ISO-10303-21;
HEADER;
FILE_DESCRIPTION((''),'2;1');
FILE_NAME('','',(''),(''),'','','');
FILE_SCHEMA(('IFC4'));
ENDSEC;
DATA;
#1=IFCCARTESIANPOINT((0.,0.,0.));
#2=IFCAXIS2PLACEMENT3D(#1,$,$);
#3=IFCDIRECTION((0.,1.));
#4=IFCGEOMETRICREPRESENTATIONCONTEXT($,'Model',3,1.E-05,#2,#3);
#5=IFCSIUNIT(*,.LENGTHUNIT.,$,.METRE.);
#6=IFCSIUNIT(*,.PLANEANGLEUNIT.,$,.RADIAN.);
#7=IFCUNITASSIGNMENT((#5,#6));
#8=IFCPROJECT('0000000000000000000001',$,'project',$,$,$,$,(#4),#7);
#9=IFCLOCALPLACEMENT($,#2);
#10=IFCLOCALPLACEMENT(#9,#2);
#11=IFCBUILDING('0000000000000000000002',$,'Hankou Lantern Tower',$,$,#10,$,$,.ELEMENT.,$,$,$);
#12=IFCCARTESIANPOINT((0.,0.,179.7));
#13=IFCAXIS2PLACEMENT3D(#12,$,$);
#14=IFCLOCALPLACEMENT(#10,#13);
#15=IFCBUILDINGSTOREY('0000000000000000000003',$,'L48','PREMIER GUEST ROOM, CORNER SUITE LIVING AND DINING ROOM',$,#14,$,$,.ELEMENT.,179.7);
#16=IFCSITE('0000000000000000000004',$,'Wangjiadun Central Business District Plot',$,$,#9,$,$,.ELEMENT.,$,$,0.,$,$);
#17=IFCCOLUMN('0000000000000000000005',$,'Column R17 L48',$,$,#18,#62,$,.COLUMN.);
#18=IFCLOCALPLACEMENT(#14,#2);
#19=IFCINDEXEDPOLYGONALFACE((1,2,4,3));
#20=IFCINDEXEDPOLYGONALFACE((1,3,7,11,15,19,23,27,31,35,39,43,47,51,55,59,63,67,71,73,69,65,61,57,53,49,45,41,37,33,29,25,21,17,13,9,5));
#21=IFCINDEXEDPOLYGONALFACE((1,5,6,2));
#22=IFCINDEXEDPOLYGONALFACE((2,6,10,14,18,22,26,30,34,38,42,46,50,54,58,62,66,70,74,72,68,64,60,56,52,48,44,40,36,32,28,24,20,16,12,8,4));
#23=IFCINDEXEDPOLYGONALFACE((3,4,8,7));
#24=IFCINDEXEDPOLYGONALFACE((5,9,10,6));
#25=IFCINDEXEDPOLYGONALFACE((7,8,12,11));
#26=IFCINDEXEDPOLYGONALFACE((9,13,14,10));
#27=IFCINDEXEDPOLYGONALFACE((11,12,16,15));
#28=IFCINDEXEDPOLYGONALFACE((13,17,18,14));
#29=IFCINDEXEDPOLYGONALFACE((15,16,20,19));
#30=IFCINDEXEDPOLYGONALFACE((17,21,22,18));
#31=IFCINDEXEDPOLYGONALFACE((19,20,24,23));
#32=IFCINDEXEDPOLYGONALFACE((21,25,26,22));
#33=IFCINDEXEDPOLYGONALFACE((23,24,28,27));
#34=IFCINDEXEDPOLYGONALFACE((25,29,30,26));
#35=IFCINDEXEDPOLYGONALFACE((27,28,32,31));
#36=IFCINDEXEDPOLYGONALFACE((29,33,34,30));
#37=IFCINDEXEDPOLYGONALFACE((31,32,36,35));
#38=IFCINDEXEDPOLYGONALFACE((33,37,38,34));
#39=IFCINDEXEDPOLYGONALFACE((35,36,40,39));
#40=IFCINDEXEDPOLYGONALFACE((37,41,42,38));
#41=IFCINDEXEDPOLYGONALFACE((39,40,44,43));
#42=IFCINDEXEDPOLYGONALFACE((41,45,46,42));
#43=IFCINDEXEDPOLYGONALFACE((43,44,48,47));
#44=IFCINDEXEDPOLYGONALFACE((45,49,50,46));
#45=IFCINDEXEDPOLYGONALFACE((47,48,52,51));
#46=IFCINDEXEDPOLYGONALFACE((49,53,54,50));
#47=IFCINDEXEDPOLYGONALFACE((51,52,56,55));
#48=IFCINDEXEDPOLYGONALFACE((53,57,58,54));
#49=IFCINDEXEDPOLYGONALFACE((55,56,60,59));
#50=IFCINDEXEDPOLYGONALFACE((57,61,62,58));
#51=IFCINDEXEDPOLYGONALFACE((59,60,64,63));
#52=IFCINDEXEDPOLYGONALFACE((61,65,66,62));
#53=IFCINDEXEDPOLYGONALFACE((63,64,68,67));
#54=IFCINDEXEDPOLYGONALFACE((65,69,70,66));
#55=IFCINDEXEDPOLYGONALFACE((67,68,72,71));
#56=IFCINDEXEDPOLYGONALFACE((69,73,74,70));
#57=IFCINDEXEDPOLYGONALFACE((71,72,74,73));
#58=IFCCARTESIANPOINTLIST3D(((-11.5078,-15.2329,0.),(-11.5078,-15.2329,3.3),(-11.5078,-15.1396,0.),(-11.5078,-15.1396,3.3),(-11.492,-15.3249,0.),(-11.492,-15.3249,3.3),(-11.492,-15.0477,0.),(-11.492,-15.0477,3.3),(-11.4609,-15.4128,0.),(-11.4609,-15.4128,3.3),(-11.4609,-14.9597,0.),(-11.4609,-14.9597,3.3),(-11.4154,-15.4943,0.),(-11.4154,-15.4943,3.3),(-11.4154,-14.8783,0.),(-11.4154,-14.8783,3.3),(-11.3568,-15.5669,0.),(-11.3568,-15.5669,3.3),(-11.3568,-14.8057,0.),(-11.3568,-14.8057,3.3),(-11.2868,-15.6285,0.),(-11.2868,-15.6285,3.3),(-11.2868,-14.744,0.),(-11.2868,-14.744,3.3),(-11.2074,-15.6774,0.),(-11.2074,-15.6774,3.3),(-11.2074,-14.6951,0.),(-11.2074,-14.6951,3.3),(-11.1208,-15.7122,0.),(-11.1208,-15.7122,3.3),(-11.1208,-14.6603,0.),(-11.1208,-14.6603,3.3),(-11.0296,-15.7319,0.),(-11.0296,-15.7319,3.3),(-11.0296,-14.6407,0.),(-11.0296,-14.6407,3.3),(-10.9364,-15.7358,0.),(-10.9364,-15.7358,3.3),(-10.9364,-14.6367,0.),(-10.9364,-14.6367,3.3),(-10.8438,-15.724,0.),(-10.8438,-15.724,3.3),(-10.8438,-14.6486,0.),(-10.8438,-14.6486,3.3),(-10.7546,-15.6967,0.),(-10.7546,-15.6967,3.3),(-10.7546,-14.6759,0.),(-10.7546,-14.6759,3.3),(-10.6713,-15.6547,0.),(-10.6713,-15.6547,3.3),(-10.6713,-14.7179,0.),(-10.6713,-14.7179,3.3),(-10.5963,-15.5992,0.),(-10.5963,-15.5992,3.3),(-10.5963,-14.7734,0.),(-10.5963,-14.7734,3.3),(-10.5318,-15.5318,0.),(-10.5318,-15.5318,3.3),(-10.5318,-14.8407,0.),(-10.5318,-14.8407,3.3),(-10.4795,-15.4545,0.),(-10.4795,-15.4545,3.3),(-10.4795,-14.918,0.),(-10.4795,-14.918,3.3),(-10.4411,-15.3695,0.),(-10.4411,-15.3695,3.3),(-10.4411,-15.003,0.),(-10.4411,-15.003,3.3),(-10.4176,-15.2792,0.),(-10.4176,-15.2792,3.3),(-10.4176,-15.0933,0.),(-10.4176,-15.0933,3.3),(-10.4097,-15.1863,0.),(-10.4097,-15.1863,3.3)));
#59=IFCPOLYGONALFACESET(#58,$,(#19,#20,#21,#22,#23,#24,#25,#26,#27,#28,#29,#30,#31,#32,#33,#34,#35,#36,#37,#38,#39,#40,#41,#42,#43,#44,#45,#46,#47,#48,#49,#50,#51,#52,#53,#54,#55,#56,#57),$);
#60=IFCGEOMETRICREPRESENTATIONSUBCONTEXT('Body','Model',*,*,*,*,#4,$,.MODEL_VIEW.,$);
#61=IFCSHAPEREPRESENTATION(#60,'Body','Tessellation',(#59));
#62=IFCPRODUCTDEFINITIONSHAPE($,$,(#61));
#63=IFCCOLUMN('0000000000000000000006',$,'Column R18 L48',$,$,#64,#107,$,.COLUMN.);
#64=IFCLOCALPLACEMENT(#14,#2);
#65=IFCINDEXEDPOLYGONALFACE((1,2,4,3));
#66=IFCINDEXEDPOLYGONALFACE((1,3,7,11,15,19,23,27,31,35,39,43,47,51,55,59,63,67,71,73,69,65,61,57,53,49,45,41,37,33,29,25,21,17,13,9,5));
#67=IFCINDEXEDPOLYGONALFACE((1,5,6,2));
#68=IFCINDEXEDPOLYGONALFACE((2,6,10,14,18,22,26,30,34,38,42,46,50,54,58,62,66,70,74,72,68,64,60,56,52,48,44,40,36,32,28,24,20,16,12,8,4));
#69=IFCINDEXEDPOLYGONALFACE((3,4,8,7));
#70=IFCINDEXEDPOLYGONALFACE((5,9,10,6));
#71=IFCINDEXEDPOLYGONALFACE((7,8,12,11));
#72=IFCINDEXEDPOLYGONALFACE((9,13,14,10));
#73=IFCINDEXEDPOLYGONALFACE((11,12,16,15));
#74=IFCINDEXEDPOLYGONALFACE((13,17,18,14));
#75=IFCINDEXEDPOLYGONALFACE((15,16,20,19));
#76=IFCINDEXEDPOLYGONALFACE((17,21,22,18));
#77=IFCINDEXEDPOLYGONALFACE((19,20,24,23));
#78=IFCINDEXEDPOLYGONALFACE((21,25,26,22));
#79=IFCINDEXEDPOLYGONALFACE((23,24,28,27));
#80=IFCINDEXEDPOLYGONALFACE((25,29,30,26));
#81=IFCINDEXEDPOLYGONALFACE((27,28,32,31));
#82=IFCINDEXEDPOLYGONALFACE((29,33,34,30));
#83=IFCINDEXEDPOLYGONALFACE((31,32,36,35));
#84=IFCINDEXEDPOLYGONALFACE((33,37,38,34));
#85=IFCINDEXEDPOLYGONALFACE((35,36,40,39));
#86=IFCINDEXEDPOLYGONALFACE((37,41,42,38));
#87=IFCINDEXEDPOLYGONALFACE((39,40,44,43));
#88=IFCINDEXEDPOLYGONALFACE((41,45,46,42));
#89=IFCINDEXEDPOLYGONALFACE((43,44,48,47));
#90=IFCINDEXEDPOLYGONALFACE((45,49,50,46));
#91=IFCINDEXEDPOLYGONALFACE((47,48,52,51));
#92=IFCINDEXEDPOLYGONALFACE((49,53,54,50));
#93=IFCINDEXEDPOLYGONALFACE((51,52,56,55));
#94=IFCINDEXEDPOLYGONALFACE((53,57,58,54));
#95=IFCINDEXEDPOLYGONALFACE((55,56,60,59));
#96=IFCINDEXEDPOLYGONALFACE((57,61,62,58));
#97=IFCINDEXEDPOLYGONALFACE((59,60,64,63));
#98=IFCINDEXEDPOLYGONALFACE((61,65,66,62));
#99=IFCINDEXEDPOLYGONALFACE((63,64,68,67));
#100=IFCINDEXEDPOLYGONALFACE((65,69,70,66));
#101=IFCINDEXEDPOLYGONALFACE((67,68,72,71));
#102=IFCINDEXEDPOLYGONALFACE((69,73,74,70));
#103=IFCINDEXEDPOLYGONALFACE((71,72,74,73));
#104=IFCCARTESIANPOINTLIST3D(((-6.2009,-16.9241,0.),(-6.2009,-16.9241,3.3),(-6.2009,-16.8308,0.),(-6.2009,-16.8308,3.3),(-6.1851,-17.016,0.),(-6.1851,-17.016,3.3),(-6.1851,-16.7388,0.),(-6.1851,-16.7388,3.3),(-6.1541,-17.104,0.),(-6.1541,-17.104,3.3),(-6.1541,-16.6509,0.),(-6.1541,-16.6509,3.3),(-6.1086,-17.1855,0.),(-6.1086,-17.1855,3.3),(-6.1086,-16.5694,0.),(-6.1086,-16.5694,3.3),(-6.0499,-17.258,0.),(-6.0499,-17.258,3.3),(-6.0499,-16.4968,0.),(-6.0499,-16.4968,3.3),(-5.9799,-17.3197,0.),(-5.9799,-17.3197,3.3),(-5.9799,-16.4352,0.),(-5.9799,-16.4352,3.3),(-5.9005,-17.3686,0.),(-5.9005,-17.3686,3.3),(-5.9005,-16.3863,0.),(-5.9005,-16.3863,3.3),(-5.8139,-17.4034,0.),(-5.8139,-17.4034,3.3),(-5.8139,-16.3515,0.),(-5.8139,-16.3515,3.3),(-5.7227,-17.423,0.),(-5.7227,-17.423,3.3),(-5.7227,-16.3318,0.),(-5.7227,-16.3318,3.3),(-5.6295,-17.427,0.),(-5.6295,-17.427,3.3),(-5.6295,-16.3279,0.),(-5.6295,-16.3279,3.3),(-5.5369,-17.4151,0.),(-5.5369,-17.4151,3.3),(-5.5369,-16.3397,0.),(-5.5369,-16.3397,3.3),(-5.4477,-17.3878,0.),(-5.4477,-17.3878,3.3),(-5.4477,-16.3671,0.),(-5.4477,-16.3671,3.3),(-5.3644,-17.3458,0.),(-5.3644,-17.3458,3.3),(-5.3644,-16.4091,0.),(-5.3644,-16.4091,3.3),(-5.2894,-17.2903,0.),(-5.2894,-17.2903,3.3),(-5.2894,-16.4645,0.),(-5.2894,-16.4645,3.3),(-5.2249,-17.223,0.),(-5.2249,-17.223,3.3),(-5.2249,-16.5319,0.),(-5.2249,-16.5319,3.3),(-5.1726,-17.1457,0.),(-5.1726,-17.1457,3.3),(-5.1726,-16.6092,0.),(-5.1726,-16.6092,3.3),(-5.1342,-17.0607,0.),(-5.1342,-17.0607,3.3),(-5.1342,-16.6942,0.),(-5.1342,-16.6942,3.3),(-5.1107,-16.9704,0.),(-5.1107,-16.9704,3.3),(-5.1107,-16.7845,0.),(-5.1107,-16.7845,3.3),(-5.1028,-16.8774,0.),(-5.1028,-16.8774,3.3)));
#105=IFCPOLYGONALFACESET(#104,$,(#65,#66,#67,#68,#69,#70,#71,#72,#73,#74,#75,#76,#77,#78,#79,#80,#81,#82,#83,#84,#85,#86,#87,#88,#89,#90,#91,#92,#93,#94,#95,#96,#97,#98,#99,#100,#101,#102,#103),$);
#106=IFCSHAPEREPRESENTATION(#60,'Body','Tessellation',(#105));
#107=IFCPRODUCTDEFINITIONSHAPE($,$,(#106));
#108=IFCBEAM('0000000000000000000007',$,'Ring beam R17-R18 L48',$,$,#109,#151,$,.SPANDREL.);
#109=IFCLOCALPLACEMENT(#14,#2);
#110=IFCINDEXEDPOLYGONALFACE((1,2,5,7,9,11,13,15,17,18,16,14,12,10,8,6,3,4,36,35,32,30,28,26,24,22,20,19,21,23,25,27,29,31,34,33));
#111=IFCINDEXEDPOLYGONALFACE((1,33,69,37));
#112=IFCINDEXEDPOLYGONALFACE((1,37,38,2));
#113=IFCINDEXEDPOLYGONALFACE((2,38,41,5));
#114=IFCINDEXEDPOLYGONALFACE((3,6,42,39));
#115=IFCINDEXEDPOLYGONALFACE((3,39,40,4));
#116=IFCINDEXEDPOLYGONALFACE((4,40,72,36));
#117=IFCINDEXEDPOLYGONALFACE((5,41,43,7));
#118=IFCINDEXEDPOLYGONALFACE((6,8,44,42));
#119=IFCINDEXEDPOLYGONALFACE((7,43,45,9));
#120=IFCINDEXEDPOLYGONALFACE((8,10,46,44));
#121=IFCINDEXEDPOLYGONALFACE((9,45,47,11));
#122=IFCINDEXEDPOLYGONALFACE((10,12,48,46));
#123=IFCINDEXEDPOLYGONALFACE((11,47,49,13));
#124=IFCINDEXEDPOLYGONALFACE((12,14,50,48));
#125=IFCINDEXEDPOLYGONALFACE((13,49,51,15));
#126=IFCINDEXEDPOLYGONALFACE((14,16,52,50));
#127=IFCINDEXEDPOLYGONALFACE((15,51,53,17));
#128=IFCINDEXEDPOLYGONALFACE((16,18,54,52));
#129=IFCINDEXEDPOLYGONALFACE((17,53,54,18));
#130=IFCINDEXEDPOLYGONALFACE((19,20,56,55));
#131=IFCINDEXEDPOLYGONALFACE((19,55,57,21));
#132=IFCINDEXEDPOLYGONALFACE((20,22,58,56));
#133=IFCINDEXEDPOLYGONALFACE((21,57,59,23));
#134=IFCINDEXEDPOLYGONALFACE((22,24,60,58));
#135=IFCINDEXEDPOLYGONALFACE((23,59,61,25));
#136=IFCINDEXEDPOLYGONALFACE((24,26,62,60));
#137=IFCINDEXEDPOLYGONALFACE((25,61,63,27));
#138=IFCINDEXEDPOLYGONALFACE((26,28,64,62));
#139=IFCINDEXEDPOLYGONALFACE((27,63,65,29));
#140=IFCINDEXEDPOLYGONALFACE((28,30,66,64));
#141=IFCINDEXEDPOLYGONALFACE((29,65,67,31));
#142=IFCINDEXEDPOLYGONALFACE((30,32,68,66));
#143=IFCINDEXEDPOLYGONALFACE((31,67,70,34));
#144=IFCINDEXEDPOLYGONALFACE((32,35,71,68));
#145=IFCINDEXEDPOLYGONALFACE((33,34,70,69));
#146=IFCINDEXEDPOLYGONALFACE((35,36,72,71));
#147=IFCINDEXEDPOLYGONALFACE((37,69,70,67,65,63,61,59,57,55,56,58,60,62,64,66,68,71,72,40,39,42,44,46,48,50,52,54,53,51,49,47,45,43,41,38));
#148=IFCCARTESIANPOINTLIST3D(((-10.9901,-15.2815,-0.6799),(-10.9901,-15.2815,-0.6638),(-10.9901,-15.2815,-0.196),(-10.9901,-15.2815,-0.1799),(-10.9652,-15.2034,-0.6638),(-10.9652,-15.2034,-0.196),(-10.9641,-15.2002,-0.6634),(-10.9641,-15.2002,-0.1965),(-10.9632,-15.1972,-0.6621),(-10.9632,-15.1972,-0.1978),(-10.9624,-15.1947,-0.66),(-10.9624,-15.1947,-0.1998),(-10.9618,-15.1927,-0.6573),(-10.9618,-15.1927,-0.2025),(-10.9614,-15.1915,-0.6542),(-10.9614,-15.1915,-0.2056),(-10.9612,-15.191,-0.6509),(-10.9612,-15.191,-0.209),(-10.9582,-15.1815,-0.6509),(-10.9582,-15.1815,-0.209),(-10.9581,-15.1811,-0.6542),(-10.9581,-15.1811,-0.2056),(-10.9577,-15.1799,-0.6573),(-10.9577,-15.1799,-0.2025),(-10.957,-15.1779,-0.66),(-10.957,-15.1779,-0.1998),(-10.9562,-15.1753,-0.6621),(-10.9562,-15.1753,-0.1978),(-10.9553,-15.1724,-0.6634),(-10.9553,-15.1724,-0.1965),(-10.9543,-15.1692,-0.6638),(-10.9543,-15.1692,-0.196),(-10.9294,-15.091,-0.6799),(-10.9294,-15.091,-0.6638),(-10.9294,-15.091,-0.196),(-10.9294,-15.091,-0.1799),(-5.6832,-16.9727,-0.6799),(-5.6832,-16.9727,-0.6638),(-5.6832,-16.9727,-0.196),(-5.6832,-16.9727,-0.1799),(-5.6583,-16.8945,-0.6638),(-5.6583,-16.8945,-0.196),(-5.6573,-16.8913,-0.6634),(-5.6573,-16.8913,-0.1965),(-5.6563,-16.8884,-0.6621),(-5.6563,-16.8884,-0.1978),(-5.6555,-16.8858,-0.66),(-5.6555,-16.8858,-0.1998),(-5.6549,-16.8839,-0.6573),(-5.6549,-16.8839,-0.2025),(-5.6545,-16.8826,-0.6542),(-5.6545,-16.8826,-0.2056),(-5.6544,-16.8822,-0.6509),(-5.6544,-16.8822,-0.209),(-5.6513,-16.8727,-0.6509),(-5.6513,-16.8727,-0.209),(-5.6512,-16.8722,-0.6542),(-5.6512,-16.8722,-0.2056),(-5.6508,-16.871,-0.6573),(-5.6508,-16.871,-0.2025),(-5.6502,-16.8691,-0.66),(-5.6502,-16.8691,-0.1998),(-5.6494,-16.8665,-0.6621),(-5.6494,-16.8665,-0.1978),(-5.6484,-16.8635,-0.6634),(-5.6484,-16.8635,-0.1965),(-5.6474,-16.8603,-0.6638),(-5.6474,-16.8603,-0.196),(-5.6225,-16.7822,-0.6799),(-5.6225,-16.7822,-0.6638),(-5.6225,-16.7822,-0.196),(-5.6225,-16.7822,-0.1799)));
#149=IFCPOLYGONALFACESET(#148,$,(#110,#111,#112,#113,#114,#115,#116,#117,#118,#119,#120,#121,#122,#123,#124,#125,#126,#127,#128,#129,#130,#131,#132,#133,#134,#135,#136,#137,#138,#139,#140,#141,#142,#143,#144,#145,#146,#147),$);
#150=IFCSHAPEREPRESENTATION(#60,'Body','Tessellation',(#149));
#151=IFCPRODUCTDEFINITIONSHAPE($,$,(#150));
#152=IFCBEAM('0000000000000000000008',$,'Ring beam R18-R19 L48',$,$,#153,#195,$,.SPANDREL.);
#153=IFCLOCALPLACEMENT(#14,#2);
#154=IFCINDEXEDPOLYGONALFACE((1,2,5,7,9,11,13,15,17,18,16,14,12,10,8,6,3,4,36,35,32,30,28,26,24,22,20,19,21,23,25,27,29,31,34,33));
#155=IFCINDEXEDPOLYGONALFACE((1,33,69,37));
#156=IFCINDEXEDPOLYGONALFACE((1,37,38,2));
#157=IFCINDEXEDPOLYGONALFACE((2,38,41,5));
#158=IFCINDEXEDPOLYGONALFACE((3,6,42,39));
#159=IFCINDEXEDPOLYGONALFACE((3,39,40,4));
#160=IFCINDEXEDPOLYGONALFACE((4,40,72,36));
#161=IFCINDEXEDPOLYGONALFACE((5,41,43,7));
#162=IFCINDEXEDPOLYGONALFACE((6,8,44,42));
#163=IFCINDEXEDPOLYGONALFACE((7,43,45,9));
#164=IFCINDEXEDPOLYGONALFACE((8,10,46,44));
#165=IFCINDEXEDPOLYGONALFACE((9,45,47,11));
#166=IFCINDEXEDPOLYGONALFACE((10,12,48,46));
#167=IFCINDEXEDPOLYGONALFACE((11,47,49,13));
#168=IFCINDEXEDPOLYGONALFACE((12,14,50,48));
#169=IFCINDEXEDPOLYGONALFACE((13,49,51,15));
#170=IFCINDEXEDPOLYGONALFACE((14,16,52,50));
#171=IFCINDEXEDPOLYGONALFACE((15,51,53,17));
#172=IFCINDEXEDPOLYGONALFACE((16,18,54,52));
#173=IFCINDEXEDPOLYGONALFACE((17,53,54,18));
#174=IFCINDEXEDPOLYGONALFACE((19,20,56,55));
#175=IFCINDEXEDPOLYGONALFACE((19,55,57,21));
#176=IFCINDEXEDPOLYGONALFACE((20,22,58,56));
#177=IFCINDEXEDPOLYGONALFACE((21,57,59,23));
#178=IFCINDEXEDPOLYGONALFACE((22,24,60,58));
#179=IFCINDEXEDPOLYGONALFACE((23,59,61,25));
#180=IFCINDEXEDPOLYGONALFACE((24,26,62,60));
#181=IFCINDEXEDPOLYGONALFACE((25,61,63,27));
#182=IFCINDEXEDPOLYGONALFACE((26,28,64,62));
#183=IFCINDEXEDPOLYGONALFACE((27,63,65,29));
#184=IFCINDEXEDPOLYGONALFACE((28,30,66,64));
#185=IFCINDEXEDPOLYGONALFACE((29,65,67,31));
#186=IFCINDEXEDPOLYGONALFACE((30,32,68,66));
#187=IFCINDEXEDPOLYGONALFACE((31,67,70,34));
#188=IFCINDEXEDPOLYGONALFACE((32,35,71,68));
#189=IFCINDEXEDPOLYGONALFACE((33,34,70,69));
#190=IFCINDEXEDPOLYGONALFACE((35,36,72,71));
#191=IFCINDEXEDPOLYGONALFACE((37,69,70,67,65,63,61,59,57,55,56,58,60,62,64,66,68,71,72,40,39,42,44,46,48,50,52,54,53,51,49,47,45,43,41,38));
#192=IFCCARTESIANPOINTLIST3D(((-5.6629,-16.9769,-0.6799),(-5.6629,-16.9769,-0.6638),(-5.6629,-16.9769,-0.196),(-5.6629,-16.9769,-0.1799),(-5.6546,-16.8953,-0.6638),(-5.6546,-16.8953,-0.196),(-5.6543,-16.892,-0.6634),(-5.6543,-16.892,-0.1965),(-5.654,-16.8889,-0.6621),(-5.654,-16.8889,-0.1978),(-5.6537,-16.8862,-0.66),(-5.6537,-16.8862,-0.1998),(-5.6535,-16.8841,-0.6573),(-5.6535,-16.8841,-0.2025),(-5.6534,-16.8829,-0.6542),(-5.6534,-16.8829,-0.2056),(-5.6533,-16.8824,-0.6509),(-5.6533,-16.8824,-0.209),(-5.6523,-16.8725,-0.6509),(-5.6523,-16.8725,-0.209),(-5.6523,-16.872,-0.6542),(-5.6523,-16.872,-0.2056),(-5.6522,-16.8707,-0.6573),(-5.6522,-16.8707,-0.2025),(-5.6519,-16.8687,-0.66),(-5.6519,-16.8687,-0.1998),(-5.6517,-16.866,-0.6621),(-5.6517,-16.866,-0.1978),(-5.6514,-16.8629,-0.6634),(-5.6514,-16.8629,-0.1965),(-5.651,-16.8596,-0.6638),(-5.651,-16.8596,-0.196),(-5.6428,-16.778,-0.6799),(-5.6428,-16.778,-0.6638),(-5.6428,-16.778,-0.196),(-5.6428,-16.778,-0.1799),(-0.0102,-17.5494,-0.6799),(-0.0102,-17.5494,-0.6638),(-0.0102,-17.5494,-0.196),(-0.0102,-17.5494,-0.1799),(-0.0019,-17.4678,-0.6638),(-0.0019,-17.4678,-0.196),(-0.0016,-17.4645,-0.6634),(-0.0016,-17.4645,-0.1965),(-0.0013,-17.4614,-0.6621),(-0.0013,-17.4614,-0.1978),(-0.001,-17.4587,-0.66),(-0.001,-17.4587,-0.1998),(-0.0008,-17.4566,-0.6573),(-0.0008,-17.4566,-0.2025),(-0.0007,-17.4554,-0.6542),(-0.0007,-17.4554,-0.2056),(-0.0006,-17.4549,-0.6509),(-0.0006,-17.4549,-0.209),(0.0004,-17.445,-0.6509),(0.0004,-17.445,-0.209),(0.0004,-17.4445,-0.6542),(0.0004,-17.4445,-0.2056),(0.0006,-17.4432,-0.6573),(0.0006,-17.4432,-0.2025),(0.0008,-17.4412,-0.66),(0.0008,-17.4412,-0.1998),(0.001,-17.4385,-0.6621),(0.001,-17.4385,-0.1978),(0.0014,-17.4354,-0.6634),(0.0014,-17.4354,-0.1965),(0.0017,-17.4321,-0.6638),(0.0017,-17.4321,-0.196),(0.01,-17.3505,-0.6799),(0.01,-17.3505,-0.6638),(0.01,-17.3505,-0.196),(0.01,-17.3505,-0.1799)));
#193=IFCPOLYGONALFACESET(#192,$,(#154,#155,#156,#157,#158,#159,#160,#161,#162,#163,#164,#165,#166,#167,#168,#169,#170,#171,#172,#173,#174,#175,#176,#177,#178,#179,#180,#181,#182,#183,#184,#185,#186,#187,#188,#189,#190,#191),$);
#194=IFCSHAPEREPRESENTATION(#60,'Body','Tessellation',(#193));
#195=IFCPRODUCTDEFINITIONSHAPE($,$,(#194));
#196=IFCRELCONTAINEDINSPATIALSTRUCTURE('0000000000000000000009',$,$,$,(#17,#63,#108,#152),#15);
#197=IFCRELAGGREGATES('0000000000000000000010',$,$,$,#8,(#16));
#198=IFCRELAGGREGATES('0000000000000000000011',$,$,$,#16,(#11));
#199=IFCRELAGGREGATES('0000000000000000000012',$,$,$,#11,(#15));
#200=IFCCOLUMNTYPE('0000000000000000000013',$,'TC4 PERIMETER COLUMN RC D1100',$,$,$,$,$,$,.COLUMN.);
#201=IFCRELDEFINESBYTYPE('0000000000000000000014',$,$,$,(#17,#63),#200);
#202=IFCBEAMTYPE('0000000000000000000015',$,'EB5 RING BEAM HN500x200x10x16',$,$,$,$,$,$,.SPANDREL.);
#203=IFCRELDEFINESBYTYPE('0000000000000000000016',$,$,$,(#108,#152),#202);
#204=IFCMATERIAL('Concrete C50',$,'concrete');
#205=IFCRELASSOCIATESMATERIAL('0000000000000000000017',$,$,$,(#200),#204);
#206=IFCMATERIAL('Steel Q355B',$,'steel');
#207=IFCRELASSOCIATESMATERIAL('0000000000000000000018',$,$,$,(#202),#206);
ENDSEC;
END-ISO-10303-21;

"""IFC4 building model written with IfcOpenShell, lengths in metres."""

from ifc_helpers import new_model, si_unit, direction, frame, origin, origin_2d, place, context, subcontext, project, spatial, circle, i_section, extrude, material, material_profile, profile_set, type_object, element, save


model = new_model("IFC4")

# Units and contexts
model_context = context("Model", 3, precision=1e-05, world=origin(), true_north=direction((0.0, 1.0)))
body_context = subcontext(model_context, "Body", "Model", "MODEL_VIEW")
ifc_project = project(units=[si_unit("LENGTHUNIT", "METRE"), si_unit("PLANEANGLEUNIT", "RADIAN")], contexts=[model_context])

# Site, building, storey
site_placement = place(None, origin())
site = spatial("IfcSite", under=ifc_project, at=site_placement, Name="Wangjiadun Central Business District Plot", CompositionType="ELEMENT", RefElevation=0.0)
building_placement = place(site_placement, origin())
building = spatial("IfcBuilding", under=site, at=building_placement, Name="Hankou Lantern Tower", CompositionType="ELEMENT")
storey_placement = place(building_placement, frame((0.0, 0.0, 179.7)))
storey = spatial("IfcBuildingStorey", under=building, at=storey_placement, Name="L48", Description="PREMIER GUEST ROOM, CORNER SUITE LIVING AND DINING ROOM", CompositionType="ELEMENT", Elevation=179.7)

# Columns
ifc_material_1 = material(Name="Concrete C50", Category="concrete")
ifc_material_profile_1 = material_profile(ifc_material_1, circle(Radius=0.55, at=origin_2d()), Name="RC D1100")
ifc_profile_set_1 = profile_set([ifc_material_profile_1], Name="Concrete C50")
column_type = type_object("IfcColumnType", Name="TC4 PERIMETER COLUMN RC D1100", PredefinedType="COLUMN", material=ifc_profile_set_1)
for number, where, z_axis, x_axis, name in (
    (1, (-10.9597, -15.1863, 0.0), (0.0, 0.0, 1.0), (1.0, 0.0, 0.0), "Column R17 L48"),
    (2, (-5.6528, -16.8774, 0.0), (0.0, 0.0, 1.0), (1.0, 0.0, 0.0), "Column R18 L48"),
):
    element("IfcColumn", number, at=place(storey_placement, frame(where, z_axis=z_axis, x_axis=x_axis)), inside=storey, type_object=column_type, Name=name, PredefinedType="COLUMN", context=body_context, shape_type="SweptSolid", body=[
        extrude(circle(Radius=0.55, at=origin_2d()), origin(), (0.0, 0.0, 1.0), 3.3),
    ])

# Beams
ifc_material_2 = material(Name="Steel Q355B", Category="steel")
ifc_material_profile_2 = material_profile(ifc_material_2, i_section(OverallWidth=0.2, OverallDepth=0.5, WebThickness=0.01, FlangeThickness=0.0161, FilletRadius=0.0129, at=origin_2d()), Name="HN500x200x10x16")
ifc_profile_set_2 = profile_set([ifc_material_profile_2], Name="Steel Q355B")
beam_type_1 = type_object("IfcBeamType", Name="EB5 RING BEAM HN500x200x10x16", PredefinedType="SPANDREL", material=ifc_profile_set_2)
beam_1_placement = place(storey_placement, frame((-10.9597, -15.1863, -0.4299), z_axis=(0.95279, -0.303629, 0.0), x_axis=(0.303629, 0.95279, 0.0)))
element("IfcBeam", 3, at=beam_1_placement, inside=storey, type_object=beam_type_1, Name="Ring beam R17-R18 L48", PredefinedType="SPANDREL", context=body_context, shape_type="SweptSolid", body=[
    extrude(i_section(OverallWidth=0.2, OverallDepth=0.5, WebThickness=0.01, FlangeThickness=0.0161, FilletRadius=0.0129, at=origin_2d()), origin(), (0.0, 0.0, 1.0), 5.5698),
])
beam_2_placement = place(storey_placement, frame((-5.6528, -16.8774, -0.4299), z_axis=(0.99491, -0.100763, 0.0), x_axis=(0.100763, 0.99491, 0.0)))
element("IfcBeam", 4, at=beam_2_placement, inside=storey, type_object=beam_type_1, Name="Ring beam R18-R19 L48", PredefinedType="SPANDREL", context=body_context, shape_type="SweptSolid", body=[
    extrude(i_section(OverallWidth=0.2, OverallDepth=0.5, WebThickness=0.01, FlangeThickness=0.0161, FilletRadius=0.0129, at=origin_2d()), origin(), (0.0, 0.0, 1.0), 5.6816),
])

save(model, "model.ifc")
